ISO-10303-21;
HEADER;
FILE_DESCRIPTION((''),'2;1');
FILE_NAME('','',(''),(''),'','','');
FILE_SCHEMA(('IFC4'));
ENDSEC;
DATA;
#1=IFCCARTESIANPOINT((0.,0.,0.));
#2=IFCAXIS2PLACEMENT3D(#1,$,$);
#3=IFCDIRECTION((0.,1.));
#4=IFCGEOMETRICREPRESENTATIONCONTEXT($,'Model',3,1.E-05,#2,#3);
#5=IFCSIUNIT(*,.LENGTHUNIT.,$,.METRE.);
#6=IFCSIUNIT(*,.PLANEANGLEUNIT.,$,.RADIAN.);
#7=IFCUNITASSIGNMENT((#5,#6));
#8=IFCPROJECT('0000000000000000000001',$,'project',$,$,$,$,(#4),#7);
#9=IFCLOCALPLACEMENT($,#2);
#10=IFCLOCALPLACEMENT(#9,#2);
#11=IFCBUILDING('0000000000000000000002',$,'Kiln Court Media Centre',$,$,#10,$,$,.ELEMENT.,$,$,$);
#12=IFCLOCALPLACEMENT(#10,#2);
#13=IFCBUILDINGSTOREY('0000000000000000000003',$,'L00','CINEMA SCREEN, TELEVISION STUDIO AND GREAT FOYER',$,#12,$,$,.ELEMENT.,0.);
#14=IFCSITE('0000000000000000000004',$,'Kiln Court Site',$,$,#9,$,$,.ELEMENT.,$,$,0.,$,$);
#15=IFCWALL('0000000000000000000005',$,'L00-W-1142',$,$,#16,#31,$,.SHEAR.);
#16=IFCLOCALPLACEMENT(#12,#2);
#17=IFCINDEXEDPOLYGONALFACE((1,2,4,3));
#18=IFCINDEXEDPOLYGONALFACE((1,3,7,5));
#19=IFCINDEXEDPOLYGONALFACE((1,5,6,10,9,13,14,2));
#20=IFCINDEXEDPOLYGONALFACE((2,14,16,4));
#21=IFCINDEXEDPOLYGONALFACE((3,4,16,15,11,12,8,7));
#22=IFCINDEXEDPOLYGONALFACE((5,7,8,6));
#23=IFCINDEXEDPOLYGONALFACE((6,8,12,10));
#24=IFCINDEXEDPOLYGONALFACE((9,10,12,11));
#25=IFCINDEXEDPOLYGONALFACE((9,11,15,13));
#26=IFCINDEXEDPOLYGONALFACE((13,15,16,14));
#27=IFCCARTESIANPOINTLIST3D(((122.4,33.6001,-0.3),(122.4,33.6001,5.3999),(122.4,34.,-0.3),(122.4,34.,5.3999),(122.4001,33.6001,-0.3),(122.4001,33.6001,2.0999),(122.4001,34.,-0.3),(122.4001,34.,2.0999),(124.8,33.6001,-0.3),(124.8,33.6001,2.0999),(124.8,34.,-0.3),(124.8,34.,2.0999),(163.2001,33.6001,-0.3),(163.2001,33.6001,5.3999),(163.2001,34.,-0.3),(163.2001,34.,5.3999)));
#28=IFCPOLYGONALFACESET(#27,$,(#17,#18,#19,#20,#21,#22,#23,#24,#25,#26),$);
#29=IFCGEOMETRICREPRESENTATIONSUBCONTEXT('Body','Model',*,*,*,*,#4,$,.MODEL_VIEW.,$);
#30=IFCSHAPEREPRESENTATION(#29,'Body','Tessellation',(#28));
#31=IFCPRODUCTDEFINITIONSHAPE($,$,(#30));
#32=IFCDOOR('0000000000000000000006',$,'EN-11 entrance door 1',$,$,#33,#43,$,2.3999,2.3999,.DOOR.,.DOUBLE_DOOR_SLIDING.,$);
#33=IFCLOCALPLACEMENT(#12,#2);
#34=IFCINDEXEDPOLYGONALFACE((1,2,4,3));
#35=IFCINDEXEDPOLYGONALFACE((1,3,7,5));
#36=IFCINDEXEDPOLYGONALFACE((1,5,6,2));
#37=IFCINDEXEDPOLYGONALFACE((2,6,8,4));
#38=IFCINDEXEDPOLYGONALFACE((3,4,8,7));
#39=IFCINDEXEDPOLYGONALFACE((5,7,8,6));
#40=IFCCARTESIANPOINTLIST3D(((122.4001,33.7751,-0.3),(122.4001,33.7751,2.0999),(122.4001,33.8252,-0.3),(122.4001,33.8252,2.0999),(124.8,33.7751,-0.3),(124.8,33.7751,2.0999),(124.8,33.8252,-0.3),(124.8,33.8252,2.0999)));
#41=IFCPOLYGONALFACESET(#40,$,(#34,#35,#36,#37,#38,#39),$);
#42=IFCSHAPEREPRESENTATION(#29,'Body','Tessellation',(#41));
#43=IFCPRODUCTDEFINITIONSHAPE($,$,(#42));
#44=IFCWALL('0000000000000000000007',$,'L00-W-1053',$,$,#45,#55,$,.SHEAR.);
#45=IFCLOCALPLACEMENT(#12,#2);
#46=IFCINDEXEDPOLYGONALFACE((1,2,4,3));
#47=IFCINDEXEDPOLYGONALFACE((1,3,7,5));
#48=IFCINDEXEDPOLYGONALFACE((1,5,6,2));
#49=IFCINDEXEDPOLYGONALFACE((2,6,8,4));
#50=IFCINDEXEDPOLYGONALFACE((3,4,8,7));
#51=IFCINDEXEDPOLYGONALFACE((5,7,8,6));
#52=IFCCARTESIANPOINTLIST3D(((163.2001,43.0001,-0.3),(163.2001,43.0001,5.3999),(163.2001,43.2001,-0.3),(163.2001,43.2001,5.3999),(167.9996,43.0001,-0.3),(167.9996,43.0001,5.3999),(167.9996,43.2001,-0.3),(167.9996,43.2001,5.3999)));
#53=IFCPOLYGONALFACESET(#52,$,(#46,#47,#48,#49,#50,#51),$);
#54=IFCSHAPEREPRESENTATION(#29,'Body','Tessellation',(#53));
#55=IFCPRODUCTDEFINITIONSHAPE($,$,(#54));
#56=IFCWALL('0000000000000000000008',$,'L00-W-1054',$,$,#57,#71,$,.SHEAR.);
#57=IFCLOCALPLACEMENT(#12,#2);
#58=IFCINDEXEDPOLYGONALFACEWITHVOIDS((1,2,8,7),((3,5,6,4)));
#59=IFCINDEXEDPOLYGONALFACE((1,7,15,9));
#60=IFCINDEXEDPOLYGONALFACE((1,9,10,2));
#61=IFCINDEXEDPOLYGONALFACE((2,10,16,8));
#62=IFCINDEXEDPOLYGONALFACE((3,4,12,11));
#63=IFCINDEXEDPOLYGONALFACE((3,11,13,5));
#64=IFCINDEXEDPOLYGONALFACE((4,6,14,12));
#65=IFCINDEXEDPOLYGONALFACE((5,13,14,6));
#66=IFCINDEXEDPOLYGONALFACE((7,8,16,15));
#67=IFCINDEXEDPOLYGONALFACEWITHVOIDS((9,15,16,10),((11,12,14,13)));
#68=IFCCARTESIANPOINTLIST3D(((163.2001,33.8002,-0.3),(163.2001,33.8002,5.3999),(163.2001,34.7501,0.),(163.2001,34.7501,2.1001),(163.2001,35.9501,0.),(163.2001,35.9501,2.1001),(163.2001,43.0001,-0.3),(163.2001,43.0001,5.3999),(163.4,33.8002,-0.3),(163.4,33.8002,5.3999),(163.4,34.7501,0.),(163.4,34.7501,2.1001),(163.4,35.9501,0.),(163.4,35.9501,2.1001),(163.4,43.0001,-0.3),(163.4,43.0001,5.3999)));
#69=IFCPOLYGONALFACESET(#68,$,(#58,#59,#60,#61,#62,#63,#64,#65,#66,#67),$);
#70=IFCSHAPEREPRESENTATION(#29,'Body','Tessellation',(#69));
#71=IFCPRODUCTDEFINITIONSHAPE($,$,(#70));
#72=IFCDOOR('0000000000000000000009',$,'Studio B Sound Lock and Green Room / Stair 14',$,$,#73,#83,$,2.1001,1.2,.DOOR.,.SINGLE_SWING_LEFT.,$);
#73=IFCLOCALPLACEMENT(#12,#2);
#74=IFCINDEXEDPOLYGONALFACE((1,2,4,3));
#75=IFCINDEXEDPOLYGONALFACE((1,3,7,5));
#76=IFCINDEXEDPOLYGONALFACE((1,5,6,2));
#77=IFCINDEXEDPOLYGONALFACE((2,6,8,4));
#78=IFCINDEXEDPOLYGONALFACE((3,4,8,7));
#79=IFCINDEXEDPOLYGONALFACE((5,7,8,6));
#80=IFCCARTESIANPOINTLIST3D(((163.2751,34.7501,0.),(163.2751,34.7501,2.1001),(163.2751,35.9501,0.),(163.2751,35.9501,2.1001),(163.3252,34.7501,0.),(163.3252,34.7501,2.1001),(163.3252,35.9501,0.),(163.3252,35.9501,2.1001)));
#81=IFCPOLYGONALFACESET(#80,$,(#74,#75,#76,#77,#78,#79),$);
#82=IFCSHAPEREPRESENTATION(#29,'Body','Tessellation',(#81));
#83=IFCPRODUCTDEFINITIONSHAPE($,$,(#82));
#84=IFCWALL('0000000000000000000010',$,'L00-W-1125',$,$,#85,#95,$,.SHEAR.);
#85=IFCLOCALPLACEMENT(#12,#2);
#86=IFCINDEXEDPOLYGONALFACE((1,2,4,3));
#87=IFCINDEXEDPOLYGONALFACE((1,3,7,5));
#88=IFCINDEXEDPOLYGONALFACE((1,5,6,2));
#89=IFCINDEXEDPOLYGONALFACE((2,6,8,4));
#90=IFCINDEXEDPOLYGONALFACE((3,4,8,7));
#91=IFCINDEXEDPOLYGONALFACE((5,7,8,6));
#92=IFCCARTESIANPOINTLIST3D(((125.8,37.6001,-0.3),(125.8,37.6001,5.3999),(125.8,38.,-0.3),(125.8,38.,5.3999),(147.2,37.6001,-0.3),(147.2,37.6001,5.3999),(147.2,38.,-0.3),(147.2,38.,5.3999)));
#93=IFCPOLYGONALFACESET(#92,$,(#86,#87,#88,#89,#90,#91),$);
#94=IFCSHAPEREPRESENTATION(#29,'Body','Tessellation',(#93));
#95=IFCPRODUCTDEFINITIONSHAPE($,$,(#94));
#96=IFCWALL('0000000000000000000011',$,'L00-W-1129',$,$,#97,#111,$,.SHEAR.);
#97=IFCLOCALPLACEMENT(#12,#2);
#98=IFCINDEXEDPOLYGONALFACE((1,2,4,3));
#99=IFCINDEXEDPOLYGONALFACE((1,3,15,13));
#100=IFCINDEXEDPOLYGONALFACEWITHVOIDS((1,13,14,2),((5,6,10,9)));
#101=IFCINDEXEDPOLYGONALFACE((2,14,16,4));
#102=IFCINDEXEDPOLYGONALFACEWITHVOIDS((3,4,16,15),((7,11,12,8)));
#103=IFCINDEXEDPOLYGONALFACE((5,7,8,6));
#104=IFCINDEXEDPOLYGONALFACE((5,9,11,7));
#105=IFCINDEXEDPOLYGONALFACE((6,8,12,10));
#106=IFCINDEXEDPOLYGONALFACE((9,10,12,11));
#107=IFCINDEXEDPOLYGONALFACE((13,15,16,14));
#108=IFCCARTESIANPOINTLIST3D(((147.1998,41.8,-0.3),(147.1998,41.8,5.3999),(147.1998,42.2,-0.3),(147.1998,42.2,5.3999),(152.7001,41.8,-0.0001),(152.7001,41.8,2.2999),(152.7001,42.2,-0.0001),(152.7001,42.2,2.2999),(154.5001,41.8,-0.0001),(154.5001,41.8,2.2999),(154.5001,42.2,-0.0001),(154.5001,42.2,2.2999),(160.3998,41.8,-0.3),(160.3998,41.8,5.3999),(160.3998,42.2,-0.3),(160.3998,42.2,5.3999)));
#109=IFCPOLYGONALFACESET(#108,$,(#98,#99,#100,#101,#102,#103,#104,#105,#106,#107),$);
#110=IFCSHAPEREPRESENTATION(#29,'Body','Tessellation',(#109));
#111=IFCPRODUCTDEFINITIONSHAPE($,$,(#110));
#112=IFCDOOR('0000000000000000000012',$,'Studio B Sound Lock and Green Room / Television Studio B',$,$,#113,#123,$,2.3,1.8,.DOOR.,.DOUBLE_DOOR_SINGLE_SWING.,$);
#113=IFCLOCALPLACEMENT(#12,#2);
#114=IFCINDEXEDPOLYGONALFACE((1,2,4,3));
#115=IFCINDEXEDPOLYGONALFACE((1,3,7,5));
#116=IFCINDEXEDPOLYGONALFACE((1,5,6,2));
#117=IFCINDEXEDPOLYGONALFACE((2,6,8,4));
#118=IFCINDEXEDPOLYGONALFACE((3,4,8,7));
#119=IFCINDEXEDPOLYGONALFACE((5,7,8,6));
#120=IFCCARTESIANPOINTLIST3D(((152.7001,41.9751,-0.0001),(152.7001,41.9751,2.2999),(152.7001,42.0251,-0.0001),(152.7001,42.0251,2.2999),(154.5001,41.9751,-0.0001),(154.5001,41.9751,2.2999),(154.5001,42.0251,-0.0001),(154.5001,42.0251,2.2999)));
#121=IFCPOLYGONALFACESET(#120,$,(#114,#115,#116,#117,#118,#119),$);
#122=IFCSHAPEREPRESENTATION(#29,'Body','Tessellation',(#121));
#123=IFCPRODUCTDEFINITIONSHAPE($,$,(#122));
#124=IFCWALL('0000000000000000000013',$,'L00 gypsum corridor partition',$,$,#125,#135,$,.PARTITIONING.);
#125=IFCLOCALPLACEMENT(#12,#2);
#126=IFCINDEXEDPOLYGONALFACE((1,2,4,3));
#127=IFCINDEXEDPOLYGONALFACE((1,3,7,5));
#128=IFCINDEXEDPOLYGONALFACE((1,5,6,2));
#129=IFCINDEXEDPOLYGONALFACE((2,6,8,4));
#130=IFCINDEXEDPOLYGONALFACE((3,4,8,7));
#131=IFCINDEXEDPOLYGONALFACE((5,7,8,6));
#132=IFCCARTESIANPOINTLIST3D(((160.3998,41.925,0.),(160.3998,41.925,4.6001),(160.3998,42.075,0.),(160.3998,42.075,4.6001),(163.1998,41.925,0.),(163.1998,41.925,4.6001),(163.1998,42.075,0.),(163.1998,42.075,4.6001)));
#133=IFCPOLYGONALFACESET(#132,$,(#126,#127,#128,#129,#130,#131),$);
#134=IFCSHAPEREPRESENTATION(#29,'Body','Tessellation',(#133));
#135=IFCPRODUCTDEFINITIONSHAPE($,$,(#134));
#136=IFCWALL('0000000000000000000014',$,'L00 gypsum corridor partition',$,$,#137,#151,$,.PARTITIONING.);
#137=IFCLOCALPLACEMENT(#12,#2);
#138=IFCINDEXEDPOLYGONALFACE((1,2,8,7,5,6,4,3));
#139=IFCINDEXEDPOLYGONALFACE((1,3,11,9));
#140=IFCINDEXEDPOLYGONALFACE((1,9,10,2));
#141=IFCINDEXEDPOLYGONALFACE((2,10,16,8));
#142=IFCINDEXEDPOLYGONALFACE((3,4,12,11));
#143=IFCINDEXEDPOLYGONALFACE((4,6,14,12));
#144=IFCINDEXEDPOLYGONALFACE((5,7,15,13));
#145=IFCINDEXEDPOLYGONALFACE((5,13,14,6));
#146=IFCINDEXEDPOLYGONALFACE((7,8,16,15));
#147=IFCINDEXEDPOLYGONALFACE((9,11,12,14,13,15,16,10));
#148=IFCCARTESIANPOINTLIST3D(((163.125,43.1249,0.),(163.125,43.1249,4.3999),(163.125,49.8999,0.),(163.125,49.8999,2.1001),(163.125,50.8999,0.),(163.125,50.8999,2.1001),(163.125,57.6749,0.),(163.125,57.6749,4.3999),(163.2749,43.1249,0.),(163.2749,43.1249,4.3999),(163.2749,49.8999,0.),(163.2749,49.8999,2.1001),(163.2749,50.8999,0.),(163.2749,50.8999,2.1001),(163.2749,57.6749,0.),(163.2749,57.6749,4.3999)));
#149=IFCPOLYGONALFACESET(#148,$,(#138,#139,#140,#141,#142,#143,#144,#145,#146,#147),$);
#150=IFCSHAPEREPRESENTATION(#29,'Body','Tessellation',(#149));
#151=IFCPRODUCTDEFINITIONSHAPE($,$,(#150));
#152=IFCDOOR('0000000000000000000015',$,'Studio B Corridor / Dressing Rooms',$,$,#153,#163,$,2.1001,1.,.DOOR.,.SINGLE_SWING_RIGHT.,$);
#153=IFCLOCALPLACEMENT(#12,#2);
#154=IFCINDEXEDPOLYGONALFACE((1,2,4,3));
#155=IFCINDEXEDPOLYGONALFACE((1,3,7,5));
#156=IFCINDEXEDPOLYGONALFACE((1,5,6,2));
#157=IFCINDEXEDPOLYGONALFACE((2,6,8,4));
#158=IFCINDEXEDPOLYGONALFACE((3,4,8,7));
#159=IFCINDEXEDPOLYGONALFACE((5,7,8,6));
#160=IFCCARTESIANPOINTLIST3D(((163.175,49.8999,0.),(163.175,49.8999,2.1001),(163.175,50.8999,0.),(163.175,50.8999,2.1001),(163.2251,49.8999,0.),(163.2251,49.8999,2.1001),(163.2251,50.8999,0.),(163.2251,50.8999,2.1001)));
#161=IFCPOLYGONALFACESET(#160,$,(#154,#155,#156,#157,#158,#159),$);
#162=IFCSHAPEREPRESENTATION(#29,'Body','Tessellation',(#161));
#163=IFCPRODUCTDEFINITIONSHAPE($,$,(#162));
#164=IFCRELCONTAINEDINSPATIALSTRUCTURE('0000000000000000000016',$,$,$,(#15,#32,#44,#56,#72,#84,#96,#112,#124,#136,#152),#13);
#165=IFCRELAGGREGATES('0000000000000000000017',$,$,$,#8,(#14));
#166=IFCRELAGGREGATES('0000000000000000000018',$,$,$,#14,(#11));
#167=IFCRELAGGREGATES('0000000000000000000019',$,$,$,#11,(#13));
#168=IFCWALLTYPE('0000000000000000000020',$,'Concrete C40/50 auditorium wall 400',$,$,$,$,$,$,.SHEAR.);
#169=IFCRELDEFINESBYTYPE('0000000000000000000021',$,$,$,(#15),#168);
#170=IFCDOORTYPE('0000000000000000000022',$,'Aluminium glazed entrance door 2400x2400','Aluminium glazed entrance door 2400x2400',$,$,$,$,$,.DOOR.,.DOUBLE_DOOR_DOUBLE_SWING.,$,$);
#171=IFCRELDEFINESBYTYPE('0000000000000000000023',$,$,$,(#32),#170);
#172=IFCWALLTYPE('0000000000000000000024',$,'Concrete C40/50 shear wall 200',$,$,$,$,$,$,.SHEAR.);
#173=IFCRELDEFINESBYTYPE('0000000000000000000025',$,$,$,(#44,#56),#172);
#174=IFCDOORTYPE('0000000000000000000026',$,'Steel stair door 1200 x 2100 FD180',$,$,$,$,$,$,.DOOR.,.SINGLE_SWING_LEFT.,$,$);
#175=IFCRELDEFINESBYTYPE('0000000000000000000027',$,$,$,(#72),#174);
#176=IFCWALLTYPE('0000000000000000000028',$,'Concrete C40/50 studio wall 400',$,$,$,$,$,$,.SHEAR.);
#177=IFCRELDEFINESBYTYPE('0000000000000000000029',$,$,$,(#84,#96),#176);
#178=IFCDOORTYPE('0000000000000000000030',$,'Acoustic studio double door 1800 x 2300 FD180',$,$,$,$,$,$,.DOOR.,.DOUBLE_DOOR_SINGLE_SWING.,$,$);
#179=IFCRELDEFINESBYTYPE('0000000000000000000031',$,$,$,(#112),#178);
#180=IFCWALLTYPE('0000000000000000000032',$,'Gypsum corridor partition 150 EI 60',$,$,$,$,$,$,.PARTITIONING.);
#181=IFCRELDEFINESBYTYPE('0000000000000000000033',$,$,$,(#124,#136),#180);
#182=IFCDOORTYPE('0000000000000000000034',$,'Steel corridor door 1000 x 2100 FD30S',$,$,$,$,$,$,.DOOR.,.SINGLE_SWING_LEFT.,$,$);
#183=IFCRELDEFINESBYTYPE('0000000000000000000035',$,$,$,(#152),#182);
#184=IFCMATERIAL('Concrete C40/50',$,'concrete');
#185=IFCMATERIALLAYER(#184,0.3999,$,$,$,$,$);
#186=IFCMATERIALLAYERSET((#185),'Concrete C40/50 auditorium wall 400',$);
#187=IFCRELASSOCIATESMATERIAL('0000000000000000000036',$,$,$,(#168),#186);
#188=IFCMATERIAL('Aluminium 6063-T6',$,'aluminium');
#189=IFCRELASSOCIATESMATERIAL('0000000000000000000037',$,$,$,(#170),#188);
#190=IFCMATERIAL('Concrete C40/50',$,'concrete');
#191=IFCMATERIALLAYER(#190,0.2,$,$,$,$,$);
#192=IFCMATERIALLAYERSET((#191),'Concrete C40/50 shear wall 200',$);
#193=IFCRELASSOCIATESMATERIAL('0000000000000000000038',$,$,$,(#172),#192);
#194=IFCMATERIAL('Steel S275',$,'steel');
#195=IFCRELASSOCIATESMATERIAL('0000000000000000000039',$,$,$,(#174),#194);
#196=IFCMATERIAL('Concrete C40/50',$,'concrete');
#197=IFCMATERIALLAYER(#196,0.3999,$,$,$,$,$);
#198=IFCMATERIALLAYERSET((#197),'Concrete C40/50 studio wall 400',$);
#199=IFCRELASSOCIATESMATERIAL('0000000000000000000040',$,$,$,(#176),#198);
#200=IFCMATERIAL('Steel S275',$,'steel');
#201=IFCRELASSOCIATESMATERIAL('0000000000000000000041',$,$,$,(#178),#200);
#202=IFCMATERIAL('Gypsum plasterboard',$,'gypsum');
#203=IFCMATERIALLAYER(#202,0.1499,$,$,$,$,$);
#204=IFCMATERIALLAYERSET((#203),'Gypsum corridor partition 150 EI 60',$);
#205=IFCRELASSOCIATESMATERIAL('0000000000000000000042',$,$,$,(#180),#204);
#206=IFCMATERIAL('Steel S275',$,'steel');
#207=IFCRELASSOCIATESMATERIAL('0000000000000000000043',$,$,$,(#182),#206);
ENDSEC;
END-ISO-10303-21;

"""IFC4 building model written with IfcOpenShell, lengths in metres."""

from ifc_helpers import new_model, si_unit, direction, frame, frame_2d, origin, place, context, subcontext, project, spatial, rectangle, extrude, material, layer, layer_set, type_object, element, fill, save


model = new_model("IFC4")

# Units and contexts
model_context = context("Model", 3, precision=1e-05, world=origin(), true_north=direction((0.0, 1.0)))
body_context = subcontext(model_context, "Body", "Model", "MODEL_VIEW")
ifc_project = project(units=[si_unit("LENGTHUNIT", "METRE"), si_unit("PLANEANGLEUNIT", "RADIAN")], contexts=[model_context])

# Site, building, storey
site_placement = place(None, origin())
site = spatial("IfcSite", under=ifc_project, at=site_placement, Name="Kiln Court Site", CompositionType="ELEMENT", RefElevation=0.0)
building_placement = place(site_placement, origin())
building = spatial("IfcBuilding", under=site, at=building_placement, Name="Kiln Court Media Centre", CompositionType="ELEMENT")
storey_placement = place(building_placement, origin())
storey = spatial("IfcBuildingStorey", under=building, at=storey_placement, Name="L00", Description="CINEMA SCREEN, TELEVISION STUDIO AND GREAT FOYER", CompositionType="ELEMENT", Elevation=0.0)

# Wall, opening, door
ifc_material_1 = material(Name="Concrete C40/50", Category="concrete")
ifc_layer_1 = layer(ifc_material_1, 0.3999)
ifc_layer_set_1 = layer_set([ifc_layer_1], Name="Concrete C40/50 auditorium wall 400")
wall_type_1 = type_object("IfcWallType", Name="Concrete C40/50 auditorium wall 400", PredefinedType="SHEAR", material=ifc_layer_set_1)
wall_1_placement = place(storey_placement, frame((163.2, 33.8, -0.3), z_axis=(0.0, 0.0, 1.0), x_axis=(-1.0, 0.0, 0.0)))
wall_1 = element("IfcWall", 1, at=wall_1_placement, inside=storey, type_object=wall_type_1, Name="L00-W-1142", PredefinedType="SHEAR", context=body_context, shape_type="SweptSolid", body=[
    extrude(rectangle(XDim=40.8, YDim=0.3999, at=frame_2d((20.3999, 0.0))), origin(), (0.0, 0.0, 1.0), 5.7),
])
opening_1_placement = place(wall_1_placement, frame((38.3999, 0.0, 0.0)))
opening_1 = element("IfcOpeningElement", 2, at=opening_1_placement, cuts=wall_1, PredefinedType="OPENING", context=body_context, shape_type="SweptSolid", body=[
    extrude(rectangle(XDim=2.3999, YDim=2.3999, at=frame_2d((1.2, 1.2))), frame((0.0, 0.21, 0.0), z_axis=(0.0, -1.0, 0.0), x_axis=(1.0, 0.0, 0.0)), (0.0, 0.0, 1.0), 0.4199),
])
ifc_material_2 = material(Name="Aluminium 6063-T6", Category="aluminium")
door_type_1 = type_object("IfcDoorType", Name="Aluminium glazed entrance door 2400x2400", Description="Aluminium glazed entrance door 2400x2400", OperationType="DOUBLE_DOOR_DOUBLE_SWING", PredefinedType="DOOR", material=ifc_material_2)
door_1_placement = place(opening_1_placement, origin())
door_1 = element("IfcDoor", 3, at=door_1_placement, inside=storey, type_object=door_type_1, Name="EN-11 entrance door 1", OperationType="DOUBLE_DOOR_SLIDING", OverallHeight=2.3999, OverallWidth=2.3999, PredefinedType="DOOR", context=body_context, shape_type="SweptSolid", body=[
    extrude(rectangle(XDim=2.3999, YDim=2.3999, at=frame_2d((1.2, 1.2))), frame((0.0, 0.0249, 0.0), z_axis=(0.0, -1.0, 0.0), x_axis=(1.0, 0.0, 0.0)), (0.0, 0.0, 1.0), 0.05),
])
fill(opening_1, door_1)

# Wall
ifc_material_3 = material(Name="Concrete C40/50", Category="concrete")
ifc_layer_2 = layer(ifc_material_3, 0.2)
ifc_layer_set_2 = layer_set([ifc_layer_2], Name="Concrete C40/50 shear wall 200")
wall_type_2 = type_object("IfcWallType", Name="Concrete C40/50 shear wall 200", PredefinedType="SHEAR", material=ifc_layer_set_2)
wall_2_placement = place(storey_placement, frame((163.2, 43.1001, -0.3), z_axis=(0.0, 0.0, 1.0), x_axis=(1.0, 0.0, 0.0)))
element("IfcWall", 4, at=wall_2_placement, inside=storey, type_object=wall_type_2, Name="L00-W-1053", PredefinedType="SHEAR", context=body_context, shape_type="SweptSolid", body=[
    extrude(rectangle(XDim=4.7996, YDim=0.2, at=frame_2d((2.3999, 0.0))), origin(), (0.0, 0.0, 1.0), 5.7),
])

# Wall, opening, door
wall_3_placement = place(storey_placement, frame((163.3, 33.8, -0.3), z_axis=(0.0, 0.0, 1.0), x_axis=(0.0, 1.0, 0.0)))
wall_3 = element("IfcWall", 5, at=wall_3_placement, inside=storey, type_object=wall_type_2, Name="L00-W-1054", PredefinedType="SHEAR", context=body_context, shape_type="SweptSolid", body=[
    extrude(rectangle(XDim=9.2, YDim=0.2, at=frame_2d((4.6001, 0.0))), origin(), (0.0, 0.0, 1.0), 5.7),
])
opening_2_placement = place(wall_3_placement, frame((0.95, 0.0, 0.3)))
opening_2 = element("IfcOpeningElement", 6, at=opening_2_placement, cuts=wall_3, PredefinedType="OPENING", context=body_context, shape_type="SweptSolid", body=[
    extrude(rectangle(XDim=1.2, YDim=2.1001, at=frame_2d((0.6001, 1.05))), frame((0.0, 0.1099, 0.0), z_axis=(0.0, -1.0, 0.0), x_axis=(1.0, 0.0, 0.0)), (0.0, 0.0, 1.0), 0.22),
])
ifc_material_4 = material(Name="Steel S275", Category="steel")
door_type_2 = type_object("IfcDoorType", Name="Steel stair door 1200 x 2100 FD180", OperationType="SINGLE_SWING_LEFT", PredefinedType="DOOR", material=ifc_material_4)
door_2_placement = place(opening_2_placement, origin())
door_2 = element("IfcDoor", 7, at=door_2_placement, inside=storey, type_object=door_type_2, Name="Studio B Sound Lock and Green Room / Stair 14", OperationType="SINGLE_SWING_LEFT", OverallHeight=2.1001, OverallWidth=1.2, PredefinedType="DOOR", context=body_context, shape_type="SweptSolid", body=[
    extrude(rectangle(XDim=1.2, YDim=2.1001, at=frame_2d((0.6001, 1.05))), frame((0.0, 0.0249, 0.0), z_axis=(0.0, -1.0, 0.0), x_axis=(1.0, 0.0, 0.0)), (0.0, 0.0, 1.0), 0.05),
])
fill(opening_2, door_2)

# Wall
ifc_material_5 = material(Name="Concrete C40/50", Category="concrete")
ifc_layer_3 = layer(ifc_material_5, 0.3999)
ifc_layer_set_3 = layer_set([ifc_layer_3], Name="Concrete C40/50 studio wall 400")
wall_type_3 = type_object("IfcWallType", Name="Concrete C40/50 studio wall 400", PredefinedType="SHEAR", material=ifc_layer_set_3)
wall_4_placement = place(storey_placement, frame((147.2, 37.8, -0.3), z_axis=(0.0, 0.0, 1.0), x_axis=(-1.0, 0.0, 0.0)))
element("IfcWall", 8, at=wall_4_placement, inside=storey, type_object=wall_type_3, Name="L00-W-1125", PredefinedType="SHEAR", context=body_context, shape_type="SweptSolid", body=[
    extrude(rectangle(XDim=21.3999, YDim=0.3999, at=frame_2d((10.7, 0.0))), origin(), (0.0, 0.0, 1.0), 5.7),
])

# Wall, opening, door
wall_5_placement = place(storey_placement, frame((160.3999, 42.0, -0.3), z_axis=(0.0, 0.0, 1.0), x_axis=(-1.0, 0.0, 0.0)))
wall_5 = element("IfcWall", 9, at=wall_5_placement, inside=storey, type_object=wall_type_3, Name="L00-W-1129", PredefinedType="SHEAR", context=body_context, shape_type="SweptSolid", body=[
    extrude(rectangle(XDim=13.2, YDim=0.3999, at=frame_2d((6.6001, 0.0))), origin(), (0.0, 0.0, 1.0), 5.7),
])
opening_3_placement = place(wall_5_placement, frame((5.8999, 0.0, 0.3)))
opening_3 = element("IfcOpeningElement", 10, at=opening_3_placement, cuts=wall_5, PredefinedType="OPENING", context=body_context, shape_type="SweptSolid", body=[
    extrude(rectangle(XDim=1.8, YDim=2.3, at=frame_2d((0.8999, 1.1499))), frame((0.0, 0.21, 0.0), z_axis=(0.0, -1.0, 0.0), x_axis=(1.0, 0.0, 0.0)), (0.0, 0.0, 1.0), 0.4199),
])
ifc_material_6 = material(Name="Steel S275", Category="steel")
door_type_3 = type_object("IfcDoorType", Name="Acoustic studio double door 1800 x 2300 FD180", OperationType="DOUBLE_DOOR_SINGLE_SWING", PredefinedType="DOOR", material=ifc_material_6)
door_3_placement = place(opening_3_placement, origin())
door_3 = element("IfcDoor", 11, at=door_3_placement, inside=storey, type_object=door_type_3, Name="Studio B Sound Lock and Green Room / Television Studio B", OperationType="DOUBLE_DOOR_SINGLE_SWING", OverallHeight=2.3, OverallWidth=1.8, PredefinedType="DOOR", context=body_context, shape_type="SweptSolid", body=[
    extrude(rectangle(XDim=1.8, YDim=2.3, at=frame_2d((0.8999, 1.1499))), frame((0.0, 0.0249, 0.0), z_axis=(0.0, -1.0, 0.0), x_axis=(1.0, 0.0, 0.0)), (0.0, 0.0, 1.0), 0.05),
])
fill(opening_3, door_3)

# Wall
ifc_material_7 = material(Name="Gypsum plasterboard", Category="gypsum")
ifc_layer_4 = layer(ifc_material_7, 0.1499)
ifc_layer_set_4 = layer_set([ifc_layer_4], Name="Gypsum corridor partition 150 EI 60")
wall_type_4 = type_object("IfcWallType", Name="Gypsum corridor partition 150 EI 60", PredefinedType="PARTITIONING", material=ifc_layer_set_4)
wall_6_placement = place(storey_placement, frame((160.3999, 42.0, 0.0), z_axis=(0.0, 0.0, 1.0), x_axis=(1.0, 0.0, 0.0)))
element("IfcWall", 12, at=wall_6_placement, inside=storey, type_object=wall_type_4, Name="L00 gypsum corridor partition", PredefinedType="PARTITIONING", context=body_context, shape_type="SweptSolid", body=[
    extrude(rectangle(XDim=2.8, YDim=0.1499, at=frame_2d((1.3999, 0.0))), origin(), (0.0, 0.0, 1.0), 4.6001),
])

# Wall, opening, door
wall_7_placement = place(storey_placement, frame((163.2, 43.125, 0.0), z_axis=(0.0, 0.0, 1.0), x_axis=(0.0, 1.0, 0.0)))
wall_7 = element("IfcWall", 13, at=wall_7_placement, inside=storey, type_object=wall_type_4, Name="L00 gypsum corridor partition", PredefinedType="PARTITIONING", context=body_context, shape_type="SweptSolid", body=[
    extrude(rectangle(XDim=14.55, YDim=0.1499, at=frame_2d((7.2749, 0.0))), origin(), (0.0, 0.0, 1.0), 4.3999),
])
opening_4_placement = place(wall_7_placement, frame((6.7749, 0.0, 0.0)))
opening_4 = element("IfcOpeningElement", 14, at=opening_4_placement, cuts=wall_7, PredefinedType="OPENING", context=body_context, shape_type="SweptSolid", body=[
    extrude(rectangle(XDim=1.0, YDim=2.1001, at=frame_2d((0.5, 1.05))), frame((0.0, 0.085, 0.0), z_axis=(0.0, -1.0, 0.0), x_axis=(1.0, 0.0, 0.0)), (0.0, 0.0, 1.0), 0.1699),
])
ifc_material_8 = material(Name="Steel S275", Category="steel")
door_type_4 = type_object("IfcDoorType", Name="Steel corridor door 1000 x 2100 FD30S", OperationType="SINGLE_SWING_LEFT", PredefinedType="DOOR", material=ifc_material_8)
door_4_placement = place(opening_4_placement, origin())
door_4 = element("IfcDoor", 15, at=door_4_placement, inside=storey, type_object=door_type_4, Name="Studio B Corridor / Dressing Rooms", OperationType="SINGLE_SWING_RIGHT", OverallHeight=2.1001, OverallWidth=1.0, PredefinedType="DOOR", context=body_context, shape_type="SweptSolid", body=[
    extrude(rectangle(XDim=1.0, YDim=2.1001, at=frame_2d((0.5, 1.05))), frame((0.0, 0.0249, 0.0), z_axis=(0.0, -1.0, 0.0), x_axis=(1.0, 0.0, 0.0)), (0.0, 0.0, 1.0), 0.05),
])
fill(opening_4, door_4)

save(model, "model.ifc")
